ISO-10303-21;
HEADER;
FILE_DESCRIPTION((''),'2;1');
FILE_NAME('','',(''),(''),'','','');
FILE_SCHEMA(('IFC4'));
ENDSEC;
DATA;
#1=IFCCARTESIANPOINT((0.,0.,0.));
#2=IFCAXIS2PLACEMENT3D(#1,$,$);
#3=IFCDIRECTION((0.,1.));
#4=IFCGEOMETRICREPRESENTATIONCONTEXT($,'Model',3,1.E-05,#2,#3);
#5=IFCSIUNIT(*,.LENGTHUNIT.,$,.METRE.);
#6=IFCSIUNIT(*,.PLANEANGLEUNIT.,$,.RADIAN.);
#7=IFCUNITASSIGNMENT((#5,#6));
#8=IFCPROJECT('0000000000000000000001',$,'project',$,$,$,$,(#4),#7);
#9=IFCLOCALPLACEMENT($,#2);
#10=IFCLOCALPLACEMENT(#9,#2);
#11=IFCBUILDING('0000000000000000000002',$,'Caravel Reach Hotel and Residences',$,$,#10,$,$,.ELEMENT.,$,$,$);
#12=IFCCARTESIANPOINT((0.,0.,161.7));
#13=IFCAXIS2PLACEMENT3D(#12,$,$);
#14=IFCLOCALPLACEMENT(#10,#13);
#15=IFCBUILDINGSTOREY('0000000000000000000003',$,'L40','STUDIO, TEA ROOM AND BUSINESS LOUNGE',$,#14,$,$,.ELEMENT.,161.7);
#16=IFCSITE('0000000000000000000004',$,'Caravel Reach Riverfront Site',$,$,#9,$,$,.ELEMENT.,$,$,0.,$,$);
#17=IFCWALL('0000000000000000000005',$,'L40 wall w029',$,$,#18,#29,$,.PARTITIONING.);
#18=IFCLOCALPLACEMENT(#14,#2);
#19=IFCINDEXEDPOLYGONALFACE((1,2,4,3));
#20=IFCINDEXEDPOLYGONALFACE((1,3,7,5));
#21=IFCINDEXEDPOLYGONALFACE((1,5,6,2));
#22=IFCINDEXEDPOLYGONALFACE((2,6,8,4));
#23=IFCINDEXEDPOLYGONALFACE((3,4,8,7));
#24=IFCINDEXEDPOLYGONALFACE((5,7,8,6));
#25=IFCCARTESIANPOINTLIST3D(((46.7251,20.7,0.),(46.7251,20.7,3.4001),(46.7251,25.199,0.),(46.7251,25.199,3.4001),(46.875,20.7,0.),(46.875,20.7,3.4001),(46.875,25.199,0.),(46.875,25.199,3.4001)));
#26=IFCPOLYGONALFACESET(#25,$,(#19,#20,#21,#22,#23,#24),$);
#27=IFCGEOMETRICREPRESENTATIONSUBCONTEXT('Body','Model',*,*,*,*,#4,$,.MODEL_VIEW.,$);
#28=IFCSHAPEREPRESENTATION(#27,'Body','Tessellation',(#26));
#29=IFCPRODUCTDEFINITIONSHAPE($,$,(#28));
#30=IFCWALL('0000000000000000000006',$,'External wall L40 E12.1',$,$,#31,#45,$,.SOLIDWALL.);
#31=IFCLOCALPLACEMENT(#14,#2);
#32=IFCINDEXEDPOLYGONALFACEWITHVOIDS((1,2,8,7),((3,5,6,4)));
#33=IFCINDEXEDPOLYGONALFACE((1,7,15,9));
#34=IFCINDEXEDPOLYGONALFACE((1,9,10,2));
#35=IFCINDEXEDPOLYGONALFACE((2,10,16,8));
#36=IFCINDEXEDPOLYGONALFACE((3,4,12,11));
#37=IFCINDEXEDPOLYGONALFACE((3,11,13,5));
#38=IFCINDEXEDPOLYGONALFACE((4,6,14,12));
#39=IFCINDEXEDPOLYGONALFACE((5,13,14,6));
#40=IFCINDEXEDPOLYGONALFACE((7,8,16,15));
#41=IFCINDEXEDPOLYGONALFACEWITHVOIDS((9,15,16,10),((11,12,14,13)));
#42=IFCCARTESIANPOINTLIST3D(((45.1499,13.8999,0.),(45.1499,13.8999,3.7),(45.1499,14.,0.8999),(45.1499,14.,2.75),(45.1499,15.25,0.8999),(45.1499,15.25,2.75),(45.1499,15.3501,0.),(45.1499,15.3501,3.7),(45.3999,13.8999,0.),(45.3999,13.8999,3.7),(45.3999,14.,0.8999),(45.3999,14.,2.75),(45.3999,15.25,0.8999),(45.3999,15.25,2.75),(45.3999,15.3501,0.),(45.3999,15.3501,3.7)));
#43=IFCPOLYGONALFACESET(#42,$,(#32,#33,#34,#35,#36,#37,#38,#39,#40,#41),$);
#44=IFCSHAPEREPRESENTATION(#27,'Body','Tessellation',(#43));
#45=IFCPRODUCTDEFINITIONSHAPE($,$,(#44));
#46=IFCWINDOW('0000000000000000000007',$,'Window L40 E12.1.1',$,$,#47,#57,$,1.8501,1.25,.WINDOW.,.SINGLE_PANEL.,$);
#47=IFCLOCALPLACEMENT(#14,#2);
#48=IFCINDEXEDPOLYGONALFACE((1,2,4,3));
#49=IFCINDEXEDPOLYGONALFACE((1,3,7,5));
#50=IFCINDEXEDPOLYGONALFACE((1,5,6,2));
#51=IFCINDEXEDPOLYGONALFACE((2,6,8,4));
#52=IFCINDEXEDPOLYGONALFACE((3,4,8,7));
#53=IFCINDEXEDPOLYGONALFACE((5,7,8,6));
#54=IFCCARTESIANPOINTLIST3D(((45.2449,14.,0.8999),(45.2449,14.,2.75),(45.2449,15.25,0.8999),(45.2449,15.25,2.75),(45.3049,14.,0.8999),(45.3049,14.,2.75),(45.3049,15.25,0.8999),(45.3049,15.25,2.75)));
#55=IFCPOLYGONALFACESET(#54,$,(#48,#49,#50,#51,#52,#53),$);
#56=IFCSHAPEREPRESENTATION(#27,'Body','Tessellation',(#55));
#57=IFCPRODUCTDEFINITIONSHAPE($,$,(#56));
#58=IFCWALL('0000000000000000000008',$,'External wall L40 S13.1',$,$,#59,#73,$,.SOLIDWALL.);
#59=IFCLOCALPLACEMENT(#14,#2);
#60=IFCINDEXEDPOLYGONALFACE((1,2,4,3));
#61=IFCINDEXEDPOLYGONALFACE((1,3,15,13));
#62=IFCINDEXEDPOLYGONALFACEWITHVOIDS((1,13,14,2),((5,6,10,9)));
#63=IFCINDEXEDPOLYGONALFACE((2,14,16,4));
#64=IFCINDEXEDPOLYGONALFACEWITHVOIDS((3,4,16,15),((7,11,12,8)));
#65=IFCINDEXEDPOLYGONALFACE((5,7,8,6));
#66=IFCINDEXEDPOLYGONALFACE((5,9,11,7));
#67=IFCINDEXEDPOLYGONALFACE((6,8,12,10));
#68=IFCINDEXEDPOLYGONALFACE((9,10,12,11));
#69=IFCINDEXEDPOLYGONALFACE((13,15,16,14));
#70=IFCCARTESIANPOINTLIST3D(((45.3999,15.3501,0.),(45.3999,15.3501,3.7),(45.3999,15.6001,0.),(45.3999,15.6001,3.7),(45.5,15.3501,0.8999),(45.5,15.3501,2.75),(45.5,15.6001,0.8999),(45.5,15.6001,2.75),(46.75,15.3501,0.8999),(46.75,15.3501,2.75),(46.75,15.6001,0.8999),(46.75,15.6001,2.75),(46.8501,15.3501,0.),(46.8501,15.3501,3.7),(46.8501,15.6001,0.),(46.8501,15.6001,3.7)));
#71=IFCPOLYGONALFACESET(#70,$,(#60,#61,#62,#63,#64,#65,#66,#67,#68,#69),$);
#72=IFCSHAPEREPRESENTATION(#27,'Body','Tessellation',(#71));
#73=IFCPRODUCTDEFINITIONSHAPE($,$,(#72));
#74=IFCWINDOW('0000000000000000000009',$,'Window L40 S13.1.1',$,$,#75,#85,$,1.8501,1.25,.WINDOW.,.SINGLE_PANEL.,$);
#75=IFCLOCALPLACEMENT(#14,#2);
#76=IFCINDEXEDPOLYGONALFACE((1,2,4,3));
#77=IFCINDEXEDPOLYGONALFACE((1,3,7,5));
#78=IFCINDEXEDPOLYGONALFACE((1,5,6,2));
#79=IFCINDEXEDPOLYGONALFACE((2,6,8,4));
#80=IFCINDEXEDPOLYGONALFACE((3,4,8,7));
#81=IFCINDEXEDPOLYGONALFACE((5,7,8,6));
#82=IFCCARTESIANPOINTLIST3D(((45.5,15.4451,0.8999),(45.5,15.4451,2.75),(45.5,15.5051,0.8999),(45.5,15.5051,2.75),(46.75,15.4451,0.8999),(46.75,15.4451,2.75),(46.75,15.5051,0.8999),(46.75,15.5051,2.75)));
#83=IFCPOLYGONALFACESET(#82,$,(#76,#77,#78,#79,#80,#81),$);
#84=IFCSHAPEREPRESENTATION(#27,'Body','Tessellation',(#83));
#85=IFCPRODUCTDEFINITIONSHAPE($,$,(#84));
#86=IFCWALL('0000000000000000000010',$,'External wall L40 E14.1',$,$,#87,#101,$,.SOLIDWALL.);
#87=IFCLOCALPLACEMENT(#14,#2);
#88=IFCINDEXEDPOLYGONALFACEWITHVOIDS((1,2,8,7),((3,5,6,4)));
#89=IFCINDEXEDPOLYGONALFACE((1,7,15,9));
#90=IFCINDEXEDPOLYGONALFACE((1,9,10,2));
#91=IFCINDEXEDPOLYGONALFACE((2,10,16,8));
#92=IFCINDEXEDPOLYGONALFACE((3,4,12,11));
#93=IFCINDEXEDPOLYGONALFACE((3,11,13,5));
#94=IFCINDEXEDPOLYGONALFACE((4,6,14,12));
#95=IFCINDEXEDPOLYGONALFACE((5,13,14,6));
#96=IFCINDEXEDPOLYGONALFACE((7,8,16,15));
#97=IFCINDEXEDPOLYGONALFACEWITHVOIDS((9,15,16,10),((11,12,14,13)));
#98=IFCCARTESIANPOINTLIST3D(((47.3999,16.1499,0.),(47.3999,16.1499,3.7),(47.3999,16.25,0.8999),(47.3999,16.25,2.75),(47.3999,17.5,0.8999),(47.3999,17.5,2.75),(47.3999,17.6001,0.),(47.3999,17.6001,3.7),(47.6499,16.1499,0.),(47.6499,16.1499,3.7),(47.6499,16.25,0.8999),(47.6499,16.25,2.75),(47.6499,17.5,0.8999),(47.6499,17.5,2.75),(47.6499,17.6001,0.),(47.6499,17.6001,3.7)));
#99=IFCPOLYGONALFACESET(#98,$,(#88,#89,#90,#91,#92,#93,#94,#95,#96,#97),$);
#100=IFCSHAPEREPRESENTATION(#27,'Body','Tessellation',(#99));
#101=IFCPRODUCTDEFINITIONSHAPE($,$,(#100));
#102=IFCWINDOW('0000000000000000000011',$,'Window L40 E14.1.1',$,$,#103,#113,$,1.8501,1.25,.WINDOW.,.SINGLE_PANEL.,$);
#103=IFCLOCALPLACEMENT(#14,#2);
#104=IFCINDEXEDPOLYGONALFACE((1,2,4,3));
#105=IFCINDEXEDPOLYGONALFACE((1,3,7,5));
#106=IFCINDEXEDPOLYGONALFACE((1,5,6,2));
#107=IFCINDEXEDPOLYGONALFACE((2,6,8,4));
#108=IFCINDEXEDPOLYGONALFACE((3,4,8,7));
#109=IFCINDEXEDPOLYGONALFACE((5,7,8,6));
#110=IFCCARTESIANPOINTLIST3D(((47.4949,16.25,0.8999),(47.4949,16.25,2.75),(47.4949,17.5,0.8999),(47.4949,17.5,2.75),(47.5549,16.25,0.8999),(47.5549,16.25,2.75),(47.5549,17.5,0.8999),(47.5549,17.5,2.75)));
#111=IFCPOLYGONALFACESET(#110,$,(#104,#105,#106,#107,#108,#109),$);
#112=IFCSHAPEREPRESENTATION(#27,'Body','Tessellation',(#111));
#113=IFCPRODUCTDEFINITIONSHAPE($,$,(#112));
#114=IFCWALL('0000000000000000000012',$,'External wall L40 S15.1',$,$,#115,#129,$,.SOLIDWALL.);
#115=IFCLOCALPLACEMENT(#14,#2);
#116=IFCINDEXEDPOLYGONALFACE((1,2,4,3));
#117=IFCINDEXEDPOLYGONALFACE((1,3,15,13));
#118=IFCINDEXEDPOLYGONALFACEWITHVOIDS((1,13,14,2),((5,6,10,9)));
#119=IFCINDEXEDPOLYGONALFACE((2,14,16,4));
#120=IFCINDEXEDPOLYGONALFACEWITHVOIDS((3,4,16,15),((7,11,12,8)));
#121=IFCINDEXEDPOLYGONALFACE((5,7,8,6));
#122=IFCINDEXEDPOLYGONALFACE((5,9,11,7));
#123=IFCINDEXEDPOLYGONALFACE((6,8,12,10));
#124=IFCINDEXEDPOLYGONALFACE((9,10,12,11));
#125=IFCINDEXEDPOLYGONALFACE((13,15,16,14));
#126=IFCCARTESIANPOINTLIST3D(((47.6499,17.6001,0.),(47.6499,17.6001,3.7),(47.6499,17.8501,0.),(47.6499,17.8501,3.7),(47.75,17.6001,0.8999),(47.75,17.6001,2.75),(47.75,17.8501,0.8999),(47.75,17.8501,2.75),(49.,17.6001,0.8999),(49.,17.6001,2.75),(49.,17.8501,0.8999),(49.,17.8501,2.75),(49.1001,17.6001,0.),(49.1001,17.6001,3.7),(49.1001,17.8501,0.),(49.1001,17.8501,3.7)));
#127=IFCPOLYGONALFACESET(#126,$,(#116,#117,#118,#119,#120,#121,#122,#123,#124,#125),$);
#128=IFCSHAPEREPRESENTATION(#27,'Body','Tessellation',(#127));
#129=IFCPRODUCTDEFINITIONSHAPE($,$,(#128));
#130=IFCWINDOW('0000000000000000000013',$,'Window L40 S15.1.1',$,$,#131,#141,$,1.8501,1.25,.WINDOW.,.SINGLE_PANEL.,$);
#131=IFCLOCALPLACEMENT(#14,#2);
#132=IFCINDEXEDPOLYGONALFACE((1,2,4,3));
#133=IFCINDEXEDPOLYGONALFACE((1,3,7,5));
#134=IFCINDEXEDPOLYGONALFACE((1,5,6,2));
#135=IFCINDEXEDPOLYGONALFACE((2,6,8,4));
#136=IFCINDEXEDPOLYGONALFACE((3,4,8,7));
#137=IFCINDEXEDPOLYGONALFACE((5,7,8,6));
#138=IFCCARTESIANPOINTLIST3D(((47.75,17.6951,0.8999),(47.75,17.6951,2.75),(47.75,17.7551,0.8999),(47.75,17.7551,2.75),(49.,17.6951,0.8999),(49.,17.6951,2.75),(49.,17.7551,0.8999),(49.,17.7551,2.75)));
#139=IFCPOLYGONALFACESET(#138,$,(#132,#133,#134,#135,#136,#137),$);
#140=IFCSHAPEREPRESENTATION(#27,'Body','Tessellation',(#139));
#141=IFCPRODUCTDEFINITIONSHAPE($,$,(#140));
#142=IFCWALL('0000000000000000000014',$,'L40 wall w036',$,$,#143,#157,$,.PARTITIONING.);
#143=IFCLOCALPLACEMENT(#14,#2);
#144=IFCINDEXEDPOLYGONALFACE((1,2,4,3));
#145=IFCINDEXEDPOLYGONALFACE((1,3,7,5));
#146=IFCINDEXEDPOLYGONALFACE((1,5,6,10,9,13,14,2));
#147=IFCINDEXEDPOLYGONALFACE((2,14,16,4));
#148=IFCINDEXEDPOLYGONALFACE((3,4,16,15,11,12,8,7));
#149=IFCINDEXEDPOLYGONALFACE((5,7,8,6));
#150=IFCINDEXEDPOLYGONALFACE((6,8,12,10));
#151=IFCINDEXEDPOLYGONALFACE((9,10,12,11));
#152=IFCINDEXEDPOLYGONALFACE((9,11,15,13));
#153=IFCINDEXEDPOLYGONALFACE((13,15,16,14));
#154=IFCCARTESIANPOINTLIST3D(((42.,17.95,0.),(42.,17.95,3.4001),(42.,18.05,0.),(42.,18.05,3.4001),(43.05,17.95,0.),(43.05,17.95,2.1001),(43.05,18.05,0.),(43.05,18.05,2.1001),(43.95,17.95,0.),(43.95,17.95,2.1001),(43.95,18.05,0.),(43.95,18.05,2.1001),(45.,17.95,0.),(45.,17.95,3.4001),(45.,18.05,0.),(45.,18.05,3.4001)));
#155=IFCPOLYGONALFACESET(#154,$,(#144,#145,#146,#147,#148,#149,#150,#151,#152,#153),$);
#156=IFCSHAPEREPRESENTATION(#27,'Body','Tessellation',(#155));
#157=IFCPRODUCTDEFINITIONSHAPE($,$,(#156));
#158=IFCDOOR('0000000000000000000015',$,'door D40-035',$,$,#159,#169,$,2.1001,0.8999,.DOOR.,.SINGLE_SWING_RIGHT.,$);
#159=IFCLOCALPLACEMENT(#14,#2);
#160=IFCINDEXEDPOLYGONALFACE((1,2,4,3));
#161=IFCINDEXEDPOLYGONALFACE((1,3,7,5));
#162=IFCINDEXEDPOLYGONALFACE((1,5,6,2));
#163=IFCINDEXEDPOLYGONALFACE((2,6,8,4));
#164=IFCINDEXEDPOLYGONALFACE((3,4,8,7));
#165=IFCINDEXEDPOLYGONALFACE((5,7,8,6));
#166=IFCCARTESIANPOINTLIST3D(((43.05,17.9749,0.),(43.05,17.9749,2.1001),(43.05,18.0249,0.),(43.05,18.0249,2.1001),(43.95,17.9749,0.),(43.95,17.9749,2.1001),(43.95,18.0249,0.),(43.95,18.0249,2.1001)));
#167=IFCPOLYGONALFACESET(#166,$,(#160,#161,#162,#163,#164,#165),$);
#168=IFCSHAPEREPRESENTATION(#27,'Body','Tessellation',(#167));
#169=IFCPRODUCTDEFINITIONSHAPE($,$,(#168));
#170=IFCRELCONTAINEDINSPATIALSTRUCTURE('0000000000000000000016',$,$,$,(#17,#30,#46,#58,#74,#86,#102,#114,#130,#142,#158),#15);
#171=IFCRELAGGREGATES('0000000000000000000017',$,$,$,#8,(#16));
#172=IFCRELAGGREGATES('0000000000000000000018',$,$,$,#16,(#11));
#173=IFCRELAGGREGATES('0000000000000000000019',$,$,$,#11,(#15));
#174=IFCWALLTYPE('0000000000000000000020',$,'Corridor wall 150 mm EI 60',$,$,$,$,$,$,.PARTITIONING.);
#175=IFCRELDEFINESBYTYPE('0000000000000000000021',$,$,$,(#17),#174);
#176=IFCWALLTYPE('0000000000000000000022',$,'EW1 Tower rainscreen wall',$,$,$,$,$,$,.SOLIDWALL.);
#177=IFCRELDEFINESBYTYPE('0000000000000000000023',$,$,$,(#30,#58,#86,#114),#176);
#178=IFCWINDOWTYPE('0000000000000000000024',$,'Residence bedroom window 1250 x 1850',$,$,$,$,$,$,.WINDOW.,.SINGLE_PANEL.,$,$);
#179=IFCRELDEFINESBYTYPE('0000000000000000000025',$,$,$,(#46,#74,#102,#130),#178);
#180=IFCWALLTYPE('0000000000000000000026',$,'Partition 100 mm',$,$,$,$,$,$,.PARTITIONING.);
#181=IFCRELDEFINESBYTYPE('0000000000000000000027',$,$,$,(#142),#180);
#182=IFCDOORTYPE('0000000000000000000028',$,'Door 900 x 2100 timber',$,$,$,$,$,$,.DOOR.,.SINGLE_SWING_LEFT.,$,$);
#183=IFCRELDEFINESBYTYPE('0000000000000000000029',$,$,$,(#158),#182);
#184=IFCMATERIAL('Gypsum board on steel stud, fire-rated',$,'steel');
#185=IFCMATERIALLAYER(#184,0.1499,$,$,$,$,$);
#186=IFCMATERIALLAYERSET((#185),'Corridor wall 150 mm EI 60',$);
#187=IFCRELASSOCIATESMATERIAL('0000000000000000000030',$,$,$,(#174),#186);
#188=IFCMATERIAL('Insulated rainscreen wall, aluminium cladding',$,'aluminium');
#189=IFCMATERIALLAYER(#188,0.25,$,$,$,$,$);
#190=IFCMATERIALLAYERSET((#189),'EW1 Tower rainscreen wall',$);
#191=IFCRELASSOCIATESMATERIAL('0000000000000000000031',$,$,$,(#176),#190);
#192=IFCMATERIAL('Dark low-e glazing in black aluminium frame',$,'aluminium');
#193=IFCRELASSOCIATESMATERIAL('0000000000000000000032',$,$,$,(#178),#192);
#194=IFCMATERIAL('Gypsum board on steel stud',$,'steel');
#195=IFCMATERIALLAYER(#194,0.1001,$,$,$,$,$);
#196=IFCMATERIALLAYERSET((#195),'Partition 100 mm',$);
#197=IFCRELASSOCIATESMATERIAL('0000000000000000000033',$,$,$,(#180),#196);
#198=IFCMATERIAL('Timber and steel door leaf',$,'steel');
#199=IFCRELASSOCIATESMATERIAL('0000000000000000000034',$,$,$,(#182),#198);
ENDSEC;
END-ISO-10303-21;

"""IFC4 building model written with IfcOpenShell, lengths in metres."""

from ifc_helpers import new_model, si_unit, direction, frame, frame_2d, origin, place, context, subcontext, project, spatial, rectangle, extrude, material, layer, layer_set, type_object, element, fill, save


model = new_model("IFC4")

# Units and contexts
model_context = context("Model", 3, precision=1e-05, world=origin(), true_north=direction((0.0, 1.0)))
body_context = subcontext(model_context, "Body", "Model", "MODEL_VIEW")
ifc_project = project(units=[si_unit("LENGTHUNIT", "METRE"), si_unit("PLANEANGLEUNIT", "RADIAN")], contexts=[model_context])

# Site, building, storey
site_placement = place(None, origin())
site = spatial("IfcSite", under=ifc_project, at=site_placement, Name="Caravel Reach Riverfront Site", CompositionType="ELEMENT", RefElevation=0.0)
building_placement = place(site_placement, origin())
building = spatial("IfcBuilding", under=site, at=building_placement, Name="Caravel Reach Hotel and Residences", CompositionType="ELEMENT")
storey_placement = place(building_placement, frame((0.0, 0.0, 161.7)))
storey = spatial("IfcBuildingStorey", under=building, at=storey_placement, Name="L40", Description="STUDIO, TEA ROOM AND BUSINESS LOUNGE", CompositionType="ELEMENT", Elevation=161.7)

# Wall
ifc_material_1 = material(Name="Gypsum board on steel stud, fire-rated", Category="steel")
ifc_layer_1 = layer(ifc_material_1, 0.1499)
ifc_layer_set_1 = layer_set([ifc_layer_1], Name="Corridor wall 150 mm EI 60")
wall_type_1 = type_object("IfcWallType", Name="Corridor wall 150 mm EI 60", PredefinedType="PARTITIONING", material=ifc_layer_set_1)
wall_1_placement = place(storey_placement, frame((46.8, 20.7, 0.0), z_axis=(0.0, 0.0, 1.0), x_axis=(0.0, 1.0, 0.0)))
element("IfcWall", 1, at=wall_1_placement, inside=storey, type_object=wall_type_1, Name="L40 wall w029", PredefinedType="PARTITIONING", context=body_context, shape_type="SweptSolid", body=[
    extrude(rectangle(XDim=4.499, YDim=0.1499, at=frame_2d((2.2495, 0.0))), origin(), (0.0, 0.0, 1.0), 3.4001),
])

# Walls, openings, windows
ifc_material_2 = material(Name="Insulated rainscreen wall, aluminium cladding", Category="aluminium")
ifc_layer_2 = layer(ifc_material_2, 0.25)
ifc_layer_set_2 = layer_set([ifc_layer_2], Name="EW1 Tower rainscreen wall")
wall_type_2 = type_object("IfcWallType", Name="EW1 Tower rainscreen wall", PredefinedType="SOLIDWALL", material=ifc_layer_set_2)
wall_2_placement = place(storey_placement, frame((45.2749, 13.8999, 0.0), z_axis=(0.0, 0.0, 1.0), x_axis=(0.0, 1.0, 0.0)))
wall_2 = element("IfcWall", 2, at=wall_2_placement, inside=storey, type_object=wall_type_2, Name="External wall L40 E12.1", PredefinedType="SOLIDWALL", context=body_context, shape_type="SweptSolid", body=[
    extrude(rectangle(XDim=1.4502, YDim=0.25, at=frame_2d((0.7251, 0.0))), origin(), (0.0, 0.0, 1.0), 3.7),
])
opening_1_placement = place(wall_2_placement, frame((0.1001, 0.0, 0.8999)))
opening_1 = element("IfcOpeningElement", 3, at=opening_1_placement, cuts=wall_2, PredefinedType="OPENING", context=body_context, shape_type="SweptSolid", body=[
    extrude(rectangle(XDim=1.25, YDim=1.8501, at=frame_2d((0.625, 0.925))), frame((0.0, 0.135, 0.0), z_axis=(0.0, -1.0, 0.0), x_axis=(1.0, 0.0, 0.0)), (0.0, 0.0, 1.0), 0.27),
])
ifc_material_3 = material(Name="Dark low-e glazing in black aluminium frame", Category="aluminium")
window_type = type_object("IfcWindowType", Name="Residence bedroom window 1250 x 1850", PartitioningType="SINGLE_PANEL", PredefinedType="WINDOW", material=ifc_material_3)
window_1_placement = place(opening_1_placement, origin())
window_1 = element("IfcWindow", 4, at=window_1_placement, inside=storey, type_object=window_type, Name="Window L40 E12.1.1", OverallHeight=1.8501, OverallWidth=1.25, PartitioningType="SINGLE_PANEL", PredefinedType="WINDOW", context=body_context, shape_type="SweptSolid", body=[
    extrude(rectangle(XDim=1.25, YDim=1.8501, at=frame_2d((0.625, 0.925))), frame((0.0, 0.03, 0.0), z_axis=(0.0, -1.0, 0.0), x_axis=(1.0, 0.0, 0.0)), (0.0, 0.0, 1.0), 0.0601),
])
fill(opening_1, window_1)
wall_3_placement = place(storey_placement, frame((45.3999, 15.4751, 0.0), z_axis=(0.0, 0.0, 1.0), x_axis=(1.0, 0.0, 0.0)))
wall_3 = element("IfcWall", 5, at=wall_3_placement, inside=storey, type_object=wall_type_2, Name="External wall L40 S13.1", PredefinedType="SOLIDWALL", context=body_context, shape_type="SweptSolid", body=[
    extrude(rectangle(XDim=1.4502, YDim=0.25, at=frame_2d((0.7251, 0.0))), origin(), (0.0, 0.0, 1.0), 3.7),
])
opening_2_placement = place(wall_3_placement, frame((0.1001, 0.0, 0.8999)))
opening_2 = element("IfcOpeningElement", 6, at=opening_2_placement, cuts=wall_3, PredefinedType="OPENING", context=body_context, shape_type="SweptSolid", body=[
    extrude(rectangle(XDim=1.25, YDim=1.8501, at=frame_2d((0.625, 0.925))), frame((0.0, 0.135, 0.0), z_axis=(0.0, -1.0, 0.0), x_axis=(1.0, 0.0, 0.0)), (0.0, 0.0, 1.0), 0.27),
])
window_2_placement = place(opening_2_placement, origin())
window_2 = element("IfcWindow", 7, at=window_2_placement, inside=storey, type_object=window_type, Name="Window L40 S13.1.1", OverallHeight=1.8501, OverallWidth=1.25, PartitioningType="SINGLE_PANEL", PredefinedType="WINDOW", context=body_context, shape_type="SweptSolid", body=[
    extrude(rectangle(XDim=1.25, YDim=1.8501, at=frame_2d((0.625, 0.925))), frame((0.0, 0.03, 0.0), z_axis=(0.0, -1.0, 0.0), x_axis=(1.0, 0.0, 0.0)), (0.0, 0.0, 1.0), 0.0601),
])
fill(opening_2, window_2)
wall_4_placement = place(storey_placement, frame((47.5249, 16.1499, 0.0), z_axis=(0.0, 0.0, 1.0), x_axis=(0.0, 1.0, 0.0)))
wall_4 = element("IfcWall", 8, at=wall_4_placement, inside=storey, type_object=wall_type_2, Name="External wall L40 E14.1", PredefinedType="SOLIDWALL", context=body_context, shape_type="SweptSolid", body=[
    extrude(rectangle(XDim=1.4502, YDim=0.25, at=frame_2d((0.7251, 0.0))), origin(), (0.0, 0.0, 1.0), 3.7),
])
opening_3_placement = place(wall_4_placement, frame((0.1001, 0.0, 0.8999)))
opening_3 = element("IfcOpeningElement", 9, at=opening_3_placement, cuts=wall_4, PredefinedType="OPENING", context=body_context, shape_type="SweptSolid", body=[
    extrude(rectangle(XDim=1.25, YDim=1.8501, at=frame_2d((0.625, 0.925))), frame((0.0, 0.135, 0.0), z_axis=(0.0, -1.0, 0.0), x_axis=(1.0, 0.0, 0.0)), (0.0, 0.0, 1.0), 0.27),
])
window_3_placement = place(opening_3_placement, origin())
window_3 = element("IfcWindow", 10, at=window_3_placement, inside=storey, type_object=window_type, Name="Window L40 E14.1.1", OverallHeight=1.8501, OverallWidth=1.25, PartitioningType="SINGLE_PANEL", PredefinedType="WINDOW", context=body_context, shape_type="SweptSolid", body=[
    extrude(rectangle(XDim=1.25, YDim=1.8501, at=frame_2d((0.625, 0.925))), frame((0.0, 0.03, 0.0), z_axis=(0.0, -1.0, 0.0), x_axis=(1.0, 0.0, 0.0)), (0.0, 0.0, 1.0), 0.0601),
])
fill(opening_3, window_3)
wall_5_placement = place(storey_placement, frame((47.6499, 17.7251, 0.0), z_axis=(0.0, 0.0, 1.0), x_axis=(1.0, 0.0, 0.0)))
wall_5 = element("IfcWall", 11, at=wall_5_placement, inside=storey, type_object=wall_type_2, Name="External wall L40 S15.1", PredefinedType="SOLIDWALL", context=body_context, shape_type="SweptSolid", body=[
    extrude(rectangle(XDim=1.4502, YDim=0.25, at=frame_2d((0.7251, 0.0))), origin(), (0.0, 0.0, 1.0), 3.7),
])
opening_4_placement = place(wall_5_placement, frame((0.1001, 0.0, 0.8999)))
opening_4 = element("IfcOpeningElement", 12, at=opening_4_placement, cuts=wall_5, PredefinedType="OPENING", context=body_context, shape_type="SweptSolid", body=[
    extrude(rectangle(XDim=1.25, YDim=1.8501, at=frame_2d((0.625, 0.925))), frame((0.0, 0.135, 0.0), z_axis=(0.0, -1.0, 0.0), x_axis=(1.0, 0.0, 0.0)), (0.0, 0.0, 1.0), 0.27),
])
window_4_placement = place(opening_4_placement, origin())
window_4 = element("IfcWindow", 13, at=window_4_placement, inside=storey, type_object=window_type, Name="Window L40 S15.1.1", OverallHeight=1.8501, OverallWidth=1.25, PartitioningType="SINGLE_PANEL", PredefinedType="WINDOW", context=body_context, shape_type="SweptSolid", body=[
    extrude(rectangle(XDim=1.25, YDim=1.8501, at=frame_2d((0.625, 0.925))), frame((0.0, 0.03, 0.0), z_axis=(0.0, -1.0, 0.0), x_axis=(1.0, 0.0, 0.0)), (0.0, 0.0, 1.0), 0.0601),
])
fill(opening_4, window_4)

# Wall, opening, door
ifc_material_4 = material(Name="Gypsum board on steel stud", Category="steel")
ifc_layer_3 = layer(ifc_material_4, 0.1001)
ifc_layer_set_3 = layer_set([ifc_layer_3], Name="Partition 100 mm")
wall_type_3 = type_object("IfcWallType", Name="Partition 100 mm", PredefinedType="PARTITIONING", material=ifc_layer_set_3)
wall_6_placement = place(storey_placement, frame((42.0, 18.0, 0.0), z_axis=(0.0, 0.0, 1.0), x_axis=(1.0, 0.0, 0.0)))
wall_6 = element("IfcWall", 14, at=wall_6_placement, inside=storey, type_object=wall_type_3, Name="L40 wall w036", PredefinedType="PARTITIONING", context=body_context, shape_type="SweptSolid", body=[
    extrude(rectangle(XDim=3.0, YDim=0.1001, at=frame_2d((1.5, 0.0))), origin(), (0.0, 0.0, 1.0), 3.4001),
])
opening_5_placement = place(wall_6_placement, frame((1.05, 0.0, 0.0)))
opening_5 = element("IfcOpeningElement", 15, at=opening_5_placement, cuts=wall_6, PredefinedType="OPENING", context=body_context, shape_type="SweptSolid", body=[
    extrude(rectangle(XDim=0.8999, YDim=2.1001, at=frame_2d((0.45, 1.05))), frame((0.0, 0.0601, 0.0), z_axis=(0.0, -1.0, 0.0), x_axis=(1.0, 0.0, 0.0)), (0.0, 0.0, 1.0), 0.1201),
])
ifc_material_5 = material(Name="Timber and steel door leaf", Category="steel")
door_type = type_object("IfcDoorType", Name="Door 900 x 2100 timber", OperationType="SINGLE_SWING_LEFT", PredefinedType="DOOR", material=ifc_material_5)
door_placement = place(opening_5_placement, origin())
door = element("IfcDoor", 16, at=door_placement, inside=storey, type_object=door_type, Name="door D40-035", OperationType="SINGLE_SWING_RIGHT", OverallHeight=2.1001, OverallWidth=0.8999, PredefinedType="DOOR", context=body_context, shape_type="SweptSolid", body=[
    extrude(rectangle(XDim=0.8999, YDim=2.1001, at=frame_2d((0.45, 1.05))), frame((0.0, 0.0249, 0.0), z_axis=(0.0, -1.0, 0.0), x_axis=(1.0, 0.0, 0.0)), (0.0, 0.0, 1.0), 0.05),
])
fill(opening_5, door)

save(model, "model.ifc")
